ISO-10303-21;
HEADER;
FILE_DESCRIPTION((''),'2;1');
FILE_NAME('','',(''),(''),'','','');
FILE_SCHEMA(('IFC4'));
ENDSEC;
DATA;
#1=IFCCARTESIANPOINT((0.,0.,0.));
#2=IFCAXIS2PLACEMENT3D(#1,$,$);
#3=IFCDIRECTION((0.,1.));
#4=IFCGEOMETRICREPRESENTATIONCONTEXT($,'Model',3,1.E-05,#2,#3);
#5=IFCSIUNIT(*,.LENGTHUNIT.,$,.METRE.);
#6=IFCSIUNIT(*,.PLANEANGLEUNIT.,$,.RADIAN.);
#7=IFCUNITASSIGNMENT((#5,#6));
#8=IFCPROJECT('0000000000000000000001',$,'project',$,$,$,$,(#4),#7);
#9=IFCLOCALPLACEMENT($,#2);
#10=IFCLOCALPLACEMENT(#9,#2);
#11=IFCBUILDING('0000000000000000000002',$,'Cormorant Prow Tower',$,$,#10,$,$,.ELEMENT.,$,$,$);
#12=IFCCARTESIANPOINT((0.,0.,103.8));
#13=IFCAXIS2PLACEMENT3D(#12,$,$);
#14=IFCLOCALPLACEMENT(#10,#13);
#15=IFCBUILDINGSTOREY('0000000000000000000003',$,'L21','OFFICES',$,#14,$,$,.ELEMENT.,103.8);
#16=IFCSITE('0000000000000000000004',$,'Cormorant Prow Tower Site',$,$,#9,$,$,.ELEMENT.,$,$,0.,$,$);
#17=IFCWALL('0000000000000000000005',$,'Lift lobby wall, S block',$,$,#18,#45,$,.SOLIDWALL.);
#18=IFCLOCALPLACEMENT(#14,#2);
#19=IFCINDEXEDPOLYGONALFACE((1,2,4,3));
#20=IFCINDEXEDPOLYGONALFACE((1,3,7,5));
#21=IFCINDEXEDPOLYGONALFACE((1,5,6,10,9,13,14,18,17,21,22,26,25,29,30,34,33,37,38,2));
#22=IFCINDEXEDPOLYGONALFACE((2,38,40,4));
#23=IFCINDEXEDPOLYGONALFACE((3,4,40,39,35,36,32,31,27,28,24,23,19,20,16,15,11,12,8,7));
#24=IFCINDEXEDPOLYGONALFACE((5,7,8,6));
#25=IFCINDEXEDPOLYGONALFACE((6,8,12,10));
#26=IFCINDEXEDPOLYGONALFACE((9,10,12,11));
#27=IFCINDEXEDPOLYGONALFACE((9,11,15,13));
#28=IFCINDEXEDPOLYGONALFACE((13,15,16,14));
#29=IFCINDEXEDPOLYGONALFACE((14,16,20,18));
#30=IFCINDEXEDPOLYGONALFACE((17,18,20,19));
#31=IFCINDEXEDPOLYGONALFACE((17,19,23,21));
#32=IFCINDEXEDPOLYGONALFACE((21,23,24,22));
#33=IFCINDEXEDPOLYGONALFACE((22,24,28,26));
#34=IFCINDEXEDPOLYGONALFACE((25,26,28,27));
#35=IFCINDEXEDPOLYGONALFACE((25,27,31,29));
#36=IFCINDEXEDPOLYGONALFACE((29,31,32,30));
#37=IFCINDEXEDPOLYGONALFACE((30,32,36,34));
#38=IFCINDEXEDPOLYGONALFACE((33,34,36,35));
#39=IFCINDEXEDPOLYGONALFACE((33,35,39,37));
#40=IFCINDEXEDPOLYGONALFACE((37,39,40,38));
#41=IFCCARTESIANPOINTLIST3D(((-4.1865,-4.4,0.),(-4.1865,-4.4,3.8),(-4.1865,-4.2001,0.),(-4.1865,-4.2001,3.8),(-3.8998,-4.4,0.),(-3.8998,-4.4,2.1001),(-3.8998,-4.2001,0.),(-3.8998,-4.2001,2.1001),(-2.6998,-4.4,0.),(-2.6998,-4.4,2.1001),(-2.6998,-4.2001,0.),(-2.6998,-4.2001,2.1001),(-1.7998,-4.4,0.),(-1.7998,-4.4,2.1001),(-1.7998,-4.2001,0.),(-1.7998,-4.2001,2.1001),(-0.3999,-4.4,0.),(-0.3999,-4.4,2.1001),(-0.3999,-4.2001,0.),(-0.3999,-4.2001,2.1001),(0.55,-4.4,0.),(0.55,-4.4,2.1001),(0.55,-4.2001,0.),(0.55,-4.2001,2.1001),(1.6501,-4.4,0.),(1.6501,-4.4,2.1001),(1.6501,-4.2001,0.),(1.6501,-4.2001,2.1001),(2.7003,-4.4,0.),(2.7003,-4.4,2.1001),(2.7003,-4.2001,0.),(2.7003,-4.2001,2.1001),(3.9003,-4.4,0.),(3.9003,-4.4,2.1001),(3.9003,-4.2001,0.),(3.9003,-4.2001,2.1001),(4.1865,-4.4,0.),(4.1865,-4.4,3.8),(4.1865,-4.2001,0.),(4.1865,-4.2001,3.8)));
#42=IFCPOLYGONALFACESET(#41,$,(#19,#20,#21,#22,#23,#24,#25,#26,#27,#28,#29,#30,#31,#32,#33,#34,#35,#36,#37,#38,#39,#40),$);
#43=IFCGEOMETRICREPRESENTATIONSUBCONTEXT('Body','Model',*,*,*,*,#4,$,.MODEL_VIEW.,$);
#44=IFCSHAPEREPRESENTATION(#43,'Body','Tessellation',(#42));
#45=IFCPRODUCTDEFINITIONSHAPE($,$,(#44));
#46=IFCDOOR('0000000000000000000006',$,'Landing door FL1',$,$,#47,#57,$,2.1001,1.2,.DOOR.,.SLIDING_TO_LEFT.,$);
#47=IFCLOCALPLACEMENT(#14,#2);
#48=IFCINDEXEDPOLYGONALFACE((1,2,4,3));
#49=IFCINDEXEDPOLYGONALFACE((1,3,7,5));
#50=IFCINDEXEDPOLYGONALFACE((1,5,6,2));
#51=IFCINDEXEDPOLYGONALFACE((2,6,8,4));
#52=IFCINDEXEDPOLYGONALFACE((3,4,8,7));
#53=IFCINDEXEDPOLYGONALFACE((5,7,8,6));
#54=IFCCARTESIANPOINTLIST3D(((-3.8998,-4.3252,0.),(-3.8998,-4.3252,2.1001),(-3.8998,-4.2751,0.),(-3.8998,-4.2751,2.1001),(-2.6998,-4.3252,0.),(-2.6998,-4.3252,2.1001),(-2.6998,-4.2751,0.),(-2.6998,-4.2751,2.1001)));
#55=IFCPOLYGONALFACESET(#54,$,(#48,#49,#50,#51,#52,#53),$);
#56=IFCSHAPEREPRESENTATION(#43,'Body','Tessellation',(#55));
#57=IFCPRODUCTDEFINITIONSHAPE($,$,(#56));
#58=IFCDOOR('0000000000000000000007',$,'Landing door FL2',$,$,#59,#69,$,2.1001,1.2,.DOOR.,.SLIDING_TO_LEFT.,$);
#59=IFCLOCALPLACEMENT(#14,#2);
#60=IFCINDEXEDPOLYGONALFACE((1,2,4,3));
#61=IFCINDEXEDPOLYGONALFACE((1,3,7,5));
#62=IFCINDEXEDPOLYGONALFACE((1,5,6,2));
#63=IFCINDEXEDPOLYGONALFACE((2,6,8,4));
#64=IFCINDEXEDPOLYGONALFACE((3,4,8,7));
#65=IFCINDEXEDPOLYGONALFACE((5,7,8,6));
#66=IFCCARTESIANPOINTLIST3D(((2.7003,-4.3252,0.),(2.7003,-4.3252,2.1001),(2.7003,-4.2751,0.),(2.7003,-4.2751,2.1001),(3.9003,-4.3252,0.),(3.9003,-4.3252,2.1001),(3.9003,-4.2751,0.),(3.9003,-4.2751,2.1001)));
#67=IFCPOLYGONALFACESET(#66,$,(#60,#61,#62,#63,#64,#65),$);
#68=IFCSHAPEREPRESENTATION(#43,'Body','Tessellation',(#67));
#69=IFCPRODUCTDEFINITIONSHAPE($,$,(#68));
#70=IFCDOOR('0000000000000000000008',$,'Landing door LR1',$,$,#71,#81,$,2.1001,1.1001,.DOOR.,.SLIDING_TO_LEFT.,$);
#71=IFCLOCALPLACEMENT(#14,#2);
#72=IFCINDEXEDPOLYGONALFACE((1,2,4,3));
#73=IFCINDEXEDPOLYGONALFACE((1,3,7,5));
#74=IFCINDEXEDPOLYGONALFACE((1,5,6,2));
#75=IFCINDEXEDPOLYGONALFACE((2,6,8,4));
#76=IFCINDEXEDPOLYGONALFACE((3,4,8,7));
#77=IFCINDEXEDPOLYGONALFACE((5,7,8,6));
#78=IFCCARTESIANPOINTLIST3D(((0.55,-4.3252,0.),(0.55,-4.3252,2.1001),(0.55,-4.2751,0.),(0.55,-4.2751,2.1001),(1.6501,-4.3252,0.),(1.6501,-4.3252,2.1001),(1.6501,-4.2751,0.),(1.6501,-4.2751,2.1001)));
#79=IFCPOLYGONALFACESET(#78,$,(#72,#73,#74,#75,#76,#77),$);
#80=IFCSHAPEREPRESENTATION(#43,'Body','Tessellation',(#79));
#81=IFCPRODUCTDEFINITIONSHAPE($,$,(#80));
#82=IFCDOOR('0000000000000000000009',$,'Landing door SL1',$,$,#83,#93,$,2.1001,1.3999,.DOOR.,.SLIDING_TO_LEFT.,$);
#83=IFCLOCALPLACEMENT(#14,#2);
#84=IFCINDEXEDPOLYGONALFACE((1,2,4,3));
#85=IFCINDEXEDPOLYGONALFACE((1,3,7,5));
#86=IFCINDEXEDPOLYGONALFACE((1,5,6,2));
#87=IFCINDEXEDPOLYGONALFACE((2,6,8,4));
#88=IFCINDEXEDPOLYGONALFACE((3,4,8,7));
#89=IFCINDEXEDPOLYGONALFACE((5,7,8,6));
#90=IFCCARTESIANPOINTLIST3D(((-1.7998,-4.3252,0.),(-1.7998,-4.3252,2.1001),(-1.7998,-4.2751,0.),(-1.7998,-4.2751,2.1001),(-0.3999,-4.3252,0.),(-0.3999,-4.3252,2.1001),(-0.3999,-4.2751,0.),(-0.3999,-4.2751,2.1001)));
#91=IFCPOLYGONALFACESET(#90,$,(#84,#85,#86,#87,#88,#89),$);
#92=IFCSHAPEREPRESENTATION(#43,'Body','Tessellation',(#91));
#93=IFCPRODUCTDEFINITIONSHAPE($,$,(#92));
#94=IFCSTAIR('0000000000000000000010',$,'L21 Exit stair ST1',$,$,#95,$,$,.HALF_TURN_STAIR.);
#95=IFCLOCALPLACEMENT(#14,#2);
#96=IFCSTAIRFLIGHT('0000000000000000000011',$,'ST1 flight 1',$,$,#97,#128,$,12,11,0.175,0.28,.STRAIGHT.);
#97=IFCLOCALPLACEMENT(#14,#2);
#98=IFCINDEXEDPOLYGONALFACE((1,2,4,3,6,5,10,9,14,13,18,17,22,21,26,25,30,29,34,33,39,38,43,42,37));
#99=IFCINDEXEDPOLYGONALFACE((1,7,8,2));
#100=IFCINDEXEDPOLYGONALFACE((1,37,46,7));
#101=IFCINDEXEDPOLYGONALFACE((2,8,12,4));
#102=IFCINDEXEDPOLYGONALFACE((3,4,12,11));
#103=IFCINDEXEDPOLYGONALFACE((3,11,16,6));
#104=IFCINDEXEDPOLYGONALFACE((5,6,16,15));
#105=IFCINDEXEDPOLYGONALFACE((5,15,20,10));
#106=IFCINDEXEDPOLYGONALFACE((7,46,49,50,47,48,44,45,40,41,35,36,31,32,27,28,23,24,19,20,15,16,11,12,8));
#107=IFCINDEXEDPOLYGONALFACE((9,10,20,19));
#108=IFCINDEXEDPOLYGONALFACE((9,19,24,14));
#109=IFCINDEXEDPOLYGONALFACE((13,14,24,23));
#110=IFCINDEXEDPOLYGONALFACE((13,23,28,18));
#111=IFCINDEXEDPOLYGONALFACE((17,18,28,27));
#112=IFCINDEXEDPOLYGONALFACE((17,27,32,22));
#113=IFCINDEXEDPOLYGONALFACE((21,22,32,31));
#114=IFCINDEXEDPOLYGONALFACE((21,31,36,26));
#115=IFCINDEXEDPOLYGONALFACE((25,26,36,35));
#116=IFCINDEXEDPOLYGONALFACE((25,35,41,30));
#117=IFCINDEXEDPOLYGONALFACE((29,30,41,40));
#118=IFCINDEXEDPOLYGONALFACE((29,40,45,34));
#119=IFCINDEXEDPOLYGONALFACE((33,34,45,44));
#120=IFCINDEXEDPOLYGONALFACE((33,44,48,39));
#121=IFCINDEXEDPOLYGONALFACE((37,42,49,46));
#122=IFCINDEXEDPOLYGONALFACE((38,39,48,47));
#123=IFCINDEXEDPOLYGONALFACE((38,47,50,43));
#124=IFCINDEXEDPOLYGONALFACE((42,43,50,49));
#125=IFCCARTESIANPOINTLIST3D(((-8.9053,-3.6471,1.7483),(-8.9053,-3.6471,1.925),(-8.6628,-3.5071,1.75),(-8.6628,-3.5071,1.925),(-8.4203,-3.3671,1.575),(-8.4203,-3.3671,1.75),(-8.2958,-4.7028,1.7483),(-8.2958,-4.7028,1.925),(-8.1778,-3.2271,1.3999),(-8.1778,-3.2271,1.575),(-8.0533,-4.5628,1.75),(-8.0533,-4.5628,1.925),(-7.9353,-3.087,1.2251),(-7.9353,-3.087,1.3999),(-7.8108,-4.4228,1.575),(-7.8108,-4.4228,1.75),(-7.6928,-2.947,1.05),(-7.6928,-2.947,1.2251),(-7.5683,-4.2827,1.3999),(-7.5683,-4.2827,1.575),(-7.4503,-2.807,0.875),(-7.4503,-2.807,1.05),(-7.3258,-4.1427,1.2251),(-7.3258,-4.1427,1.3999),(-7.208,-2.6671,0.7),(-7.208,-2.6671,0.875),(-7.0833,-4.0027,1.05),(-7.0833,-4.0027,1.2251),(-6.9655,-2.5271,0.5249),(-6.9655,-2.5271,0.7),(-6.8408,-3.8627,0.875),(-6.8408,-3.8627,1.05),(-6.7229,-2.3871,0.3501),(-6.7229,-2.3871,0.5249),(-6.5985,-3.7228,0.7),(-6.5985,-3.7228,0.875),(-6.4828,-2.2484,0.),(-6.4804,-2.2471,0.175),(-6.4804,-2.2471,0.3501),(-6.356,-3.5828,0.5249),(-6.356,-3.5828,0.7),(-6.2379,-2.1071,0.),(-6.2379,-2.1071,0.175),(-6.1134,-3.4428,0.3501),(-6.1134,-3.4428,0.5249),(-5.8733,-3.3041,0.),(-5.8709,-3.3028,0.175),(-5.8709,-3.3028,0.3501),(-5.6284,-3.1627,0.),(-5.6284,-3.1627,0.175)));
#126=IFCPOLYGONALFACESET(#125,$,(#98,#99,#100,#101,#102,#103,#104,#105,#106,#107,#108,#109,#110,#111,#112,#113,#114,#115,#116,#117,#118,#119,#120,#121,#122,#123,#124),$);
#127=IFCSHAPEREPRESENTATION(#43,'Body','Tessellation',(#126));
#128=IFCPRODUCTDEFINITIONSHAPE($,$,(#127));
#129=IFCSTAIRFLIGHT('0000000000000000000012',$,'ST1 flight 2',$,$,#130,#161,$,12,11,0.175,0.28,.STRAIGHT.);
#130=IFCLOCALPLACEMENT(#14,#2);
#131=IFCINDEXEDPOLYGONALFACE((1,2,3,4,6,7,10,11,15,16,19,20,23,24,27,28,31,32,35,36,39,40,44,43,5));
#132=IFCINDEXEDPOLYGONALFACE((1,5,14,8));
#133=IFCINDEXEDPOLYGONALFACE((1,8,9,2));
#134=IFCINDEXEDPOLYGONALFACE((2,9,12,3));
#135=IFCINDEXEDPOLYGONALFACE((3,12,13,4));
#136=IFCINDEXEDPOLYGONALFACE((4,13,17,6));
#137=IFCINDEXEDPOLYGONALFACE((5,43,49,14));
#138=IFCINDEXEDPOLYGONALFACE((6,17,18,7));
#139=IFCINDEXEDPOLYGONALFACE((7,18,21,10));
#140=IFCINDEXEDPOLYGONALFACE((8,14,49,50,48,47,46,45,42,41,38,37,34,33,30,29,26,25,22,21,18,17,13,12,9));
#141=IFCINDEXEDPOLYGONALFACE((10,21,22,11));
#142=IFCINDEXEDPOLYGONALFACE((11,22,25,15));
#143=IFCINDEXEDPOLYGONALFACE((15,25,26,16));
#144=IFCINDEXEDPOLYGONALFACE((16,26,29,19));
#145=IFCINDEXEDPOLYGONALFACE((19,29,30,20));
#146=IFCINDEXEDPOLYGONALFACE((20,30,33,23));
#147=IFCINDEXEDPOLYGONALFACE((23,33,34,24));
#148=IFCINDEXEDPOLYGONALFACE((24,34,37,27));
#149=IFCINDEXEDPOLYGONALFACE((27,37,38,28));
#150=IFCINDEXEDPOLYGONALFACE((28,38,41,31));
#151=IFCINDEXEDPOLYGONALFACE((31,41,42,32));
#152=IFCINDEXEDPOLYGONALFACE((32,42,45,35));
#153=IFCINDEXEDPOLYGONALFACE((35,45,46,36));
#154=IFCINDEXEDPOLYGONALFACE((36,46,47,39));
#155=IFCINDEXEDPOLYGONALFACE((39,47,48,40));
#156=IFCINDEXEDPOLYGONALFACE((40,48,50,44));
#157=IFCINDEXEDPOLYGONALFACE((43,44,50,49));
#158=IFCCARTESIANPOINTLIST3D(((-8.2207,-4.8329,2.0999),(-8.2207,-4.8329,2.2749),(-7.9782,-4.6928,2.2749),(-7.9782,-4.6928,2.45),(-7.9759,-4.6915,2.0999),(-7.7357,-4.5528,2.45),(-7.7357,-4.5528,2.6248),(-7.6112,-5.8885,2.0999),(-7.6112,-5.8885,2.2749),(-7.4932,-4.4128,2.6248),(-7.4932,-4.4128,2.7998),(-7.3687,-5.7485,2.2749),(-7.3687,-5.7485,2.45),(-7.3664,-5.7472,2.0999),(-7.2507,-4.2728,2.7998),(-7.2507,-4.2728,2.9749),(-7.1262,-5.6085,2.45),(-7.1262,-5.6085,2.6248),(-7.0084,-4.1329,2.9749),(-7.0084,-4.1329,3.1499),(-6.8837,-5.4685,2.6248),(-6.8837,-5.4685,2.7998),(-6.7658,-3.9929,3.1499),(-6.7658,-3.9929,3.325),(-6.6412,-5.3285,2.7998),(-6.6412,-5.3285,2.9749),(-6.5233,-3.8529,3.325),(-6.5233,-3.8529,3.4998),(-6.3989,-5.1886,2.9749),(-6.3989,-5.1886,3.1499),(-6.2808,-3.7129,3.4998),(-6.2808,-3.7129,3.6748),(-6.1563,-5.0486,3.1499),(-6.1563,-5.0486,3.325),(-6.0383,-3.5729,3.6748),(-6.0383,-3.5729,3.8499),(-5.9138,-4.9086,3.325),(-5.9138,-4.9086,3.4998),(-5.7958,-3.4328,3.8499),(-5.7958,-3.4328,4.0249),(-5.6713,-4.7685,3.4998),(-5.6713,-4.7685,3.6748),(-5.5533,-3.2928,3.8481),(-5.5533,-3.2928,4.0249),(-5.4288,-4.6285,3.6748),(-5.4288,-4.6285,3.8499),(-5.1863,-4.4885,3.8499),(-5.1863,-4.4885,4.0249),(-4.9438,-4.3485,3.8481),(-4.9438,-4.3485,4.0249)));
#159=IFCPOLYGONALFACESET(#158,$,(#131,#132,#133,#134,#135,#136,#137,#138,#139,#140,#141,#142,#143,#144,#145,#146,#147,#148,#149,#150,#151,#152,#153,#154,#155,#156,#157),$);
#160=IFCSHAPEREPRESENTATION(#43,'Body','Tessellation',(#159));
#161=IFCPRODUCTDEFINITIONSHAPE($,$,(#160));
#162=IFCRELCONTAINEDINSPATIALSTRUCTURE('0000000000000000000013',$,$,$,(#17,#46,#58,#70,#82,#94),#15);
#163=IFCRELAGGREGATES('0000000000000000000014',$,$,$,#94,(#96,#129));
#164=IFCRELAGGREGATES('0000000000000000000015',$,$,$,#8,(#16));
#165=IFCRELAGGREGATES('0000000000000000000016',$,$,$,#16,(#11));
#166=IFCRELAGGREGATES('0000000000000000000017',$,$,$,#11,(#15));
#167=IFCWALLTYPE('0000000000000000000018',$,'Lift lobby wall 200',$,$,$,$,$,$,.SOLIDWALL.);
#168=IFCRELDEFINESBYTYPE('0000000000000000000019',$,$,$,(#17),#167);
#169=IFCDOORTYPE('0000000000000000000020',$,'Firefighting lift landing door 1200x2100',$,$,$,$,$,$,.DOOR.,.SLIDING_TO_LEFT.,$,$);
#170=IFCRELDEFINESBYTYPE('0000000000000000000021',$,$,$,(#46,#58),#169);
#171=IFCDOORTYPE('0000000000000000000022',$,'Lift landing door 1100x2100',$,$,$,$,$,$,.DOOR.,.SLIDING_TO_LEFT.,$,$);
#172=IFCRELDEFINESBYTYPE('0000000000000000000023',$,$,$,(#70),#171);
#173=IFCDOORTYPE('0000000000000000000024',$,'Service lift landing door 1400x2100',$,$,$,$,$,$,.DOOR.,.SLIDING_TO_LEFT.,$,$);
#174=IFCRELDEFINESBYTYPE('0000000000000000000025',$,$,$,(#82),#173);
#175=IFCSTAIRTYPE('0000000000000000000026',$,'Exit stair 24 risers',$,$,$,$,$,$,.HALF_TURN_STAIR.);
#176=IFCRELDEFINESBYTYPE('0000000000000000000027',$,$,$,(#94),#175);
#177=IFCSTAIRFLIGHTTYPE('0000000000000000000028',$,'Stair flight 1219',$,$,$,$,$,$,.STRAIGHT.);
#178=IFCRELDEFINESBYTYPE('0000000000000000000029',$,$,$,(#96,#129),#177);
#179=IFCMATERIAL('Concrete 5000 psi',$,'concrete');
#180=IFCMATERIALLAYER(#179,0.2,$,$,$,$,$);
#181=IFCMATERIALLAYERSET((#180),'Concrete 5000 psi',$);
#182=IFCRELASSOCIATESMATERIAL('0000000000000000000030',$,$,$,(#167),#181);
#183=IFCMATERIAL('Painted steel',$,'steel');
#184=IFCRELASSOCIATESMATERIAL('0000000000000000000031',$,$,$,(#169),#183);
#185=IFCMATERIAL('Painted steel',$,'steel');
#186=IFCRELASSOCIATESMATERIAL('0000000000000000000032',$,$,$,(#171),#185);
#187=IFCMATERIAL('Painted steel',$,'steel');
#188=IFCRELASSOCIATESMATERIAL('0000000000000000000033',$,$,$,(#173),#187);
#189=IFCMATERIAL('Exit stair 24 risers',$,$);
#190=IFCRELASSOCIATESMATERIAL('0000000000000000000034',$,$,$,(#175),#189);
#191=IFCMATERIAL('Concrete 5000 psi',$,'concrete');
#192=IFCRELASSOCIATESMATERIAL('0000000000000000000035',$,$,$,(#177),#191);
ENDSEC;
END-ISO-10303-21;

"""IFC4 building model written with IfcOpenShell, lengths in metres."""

from ifc_helpers import new_model, si_unit, direction, frame, frame_2d, origin, place, context, subcontext, project, spatial, polyline, rectangle, outline, extrude, material, layer, layer_set, type_object, element, fill, aggregate, save


model = new_model("IFC4")

# Units and contexts
model_context = context("Model", 3, precision=1e-05, world=origin(), true_north=direction((0.0, 1.0)))
body_context = subcontext(model_context, "Body", "Model", "MODEL_VIEW")
ifc_project = project(units=[si_unit("LENGTHUNIT", "METRE"), si_unit("PLANEANGLEUNIT", "RADIAN")], contexts=[model_context])

# Site, building, storey
site_placement = place(None, origin())
site = spatial("IfcSite", under=ifc_project, at=site_placement, Name="Cormorant Prow Tower Site", CompositionType="ELEMENT", RefElevation=0.0)
building_placement = place(site_placement, origin())
building = spatial("IfcBuilding", under=site, at=building_placement, Name="Cormorant Prow Tower", CompositionType="ELEMENT")
storey_placement = place(building_placement, frame((0.0, 0.0, 103.8)))
storey = spatial("IfcBuildingStorey", under=building, at=storey_placement, Name="L21", Description="OFFICES", CompositionType="ELEMENT", Elevation=103.8)

# Wall, openings, doors
ifc_material_1 = material(Name="Concrete 5000 psi", Category="concrete")
ifc_layer_1 = layer(ifc_material_1, 0.2)
ifc_layer_set_1 = layer_set([ifc_layer_1], Name="Concrete 5000 psi")
wall_type_1 = type_object("IfcWallType", Name="Lift lobby wall 200", PredefinedType="SOLIDWALL", material=ifc_layer_set_1)
wall_1_placement = place(storey_placement, frame((-4.1865, -4.3, 0.0), z_axis=(0.0, 0.0, 1.0), x_axis=(1.0, 0.0, 0.0)))
wall_1 = element("IfcWall", 1, at=wall_1_placement, inside=storey, type_object=wall_type_1, Name="Lift lobby wall, S block", PredefinedType="SOLIDWALL", context=body_context, shape_type="SweptSolid", body=[
    extrude(rectangle(XDim=8.373, YDim=0.2, at=frame_2d((4.1865, 0.0))), origin(), (0.0, 0.0, 1.0), 3.8),
])
opening_1_placement = place(wall_1_placement, frame((0.2866, 0.0, 0.0)))
opening_1 = element("IfcOpeningElement", 2, at=opening_1_placement, cuts=wall_1, PredefinedType="OPENING", context=body_context, shape_type="SweptSolid", body=[
    extrude(rectangle(XDim=1.2, YDim=2.1001, at=frame_2d((0.6001, 1.05))), frame((0.0, 0.1099, 0.0), z_axis=(0.0, -1.0, 0.0), x_axis=(1.0, 0.0, 0.0)), (0.0, 0.0, 1.0), 0.22),
])
opening_2_placement = place(wall_1_placement, frame((2.3867, 0.0, 0.0)))
opening_2 = element("IfcOpeningElement", 3, at=opening_2_placement, cuts=wall_1, PredefinedType="OPENING", context=body_context, shape_type="SweptSolid", body=[
    extrude(rectangle(XDim=1.3999, YDim=2.1001, at=frame_2d((0.7, 1.05))), frame((0.0, 0.1099, 0.0), z_axis=(0.0, -1.0, 0.0), x_axis=(1.0, 0.0, 0.0)), (0.0, 0.0, 1.0), 0.22),
])
opening_3_placement = place(wall_1_placement, frame((4.7366, 0.0, 0.0)))
opening_3 = element("IfcOpeningElement", 4, at=opening_3_placement, cuts=wall_1, PredefinedType="OPENING", context=body_context, shape_type="SweptSolid", body=[
    extrude(rectangle(XDim=1.1001, YDim=2.1001, at=frame_2d((0.55, 1.05))), frame((0.0, 0.1099, 0.0), z_axis=(0.0, -1.0, 0.0), x_axis=(1.0, 0.0, 0.0)), (0.0, 0.0, 1.0), 0.22),
])
opening_4_placement = place(wall_1_placement, frame((6.8867, 0.0, 0.0)))
opening_4 = element("IfcOpeningElement", 5, at=opening_4_placement, cuts=wall_1, PredefinedType="OPENING", context=body_context, shape_type="SweptSolid", body=[
    extrude(rectangle(XDim=1.2, YDim=2.1001, at=frame_2d((0.6001, 1.05))), frame((0.0, 0.1099, 0.0), z_axis=(0.0, -1.0, 0.0), x_axis=(1.0, 0.0, 0.0)), (0.0, 0.0, 1.0), 0.22),
])
ifc_material_2 = material(Name="Painted steel", Category="steel")
door_type_1 = type_object("IfcDoorType", Name="Firefighting lift landing door 1200x2100", OperationType="SLIDING_TO_LEFT", PredefinedType="DOOR", material=ifc_material_2)
door_1_placement = place(opening_1_placement, origin())
door_1 = element("IfcDoor", 6, at=door_1_placement, inside=storey, type_object=door_type_1, Name="Landing door FL1", OperationType="SLIDING_TO_LEFT", OverallHeight=2.1001, OverallWidth=1.2, PredefinedType="DOOR", context=body_context, shape_type="SweptSolid", body=[
    extrude(rectangle(XDim=1.2, YDim=2.1001, at=frame_2d((0.6001, 1.05))), frame((0.0, 0.0249, 0.0), z_axis=(0.0, -1.0, 0.0), x_axis=(1.0, 0.0, 0.0)), (0.0, 0.0, 1.0), 0.05),
])
fill(opening_1, door_1)
door_2_placement = place(opening_4_placement, origin())
door_2 = element("IfcDoor", 7, at=door_2_placement, inside=storey, type_object=door_type_1, Name="Landing door FL2", OperationType="SLIDING_TO_LEFT", OverallHeight=2.1001, OverallWidth=1.2, PredefinedType="DOOR", context=body_context, shape_type="SweptSolid", body=[
    extrude(rectangle(XDim=1.2, YDim=2.1001, at=frame_2d((0.6001, 1.05))), frame((0.0, 0.0249, 0.0), z_axis=(0.0, -1.0, 0.0), x_axis=(1.0, 0.0, 0.0)), (0.0, 0.0, 1.0), 0.05),
])
fill(opening_4, door_2)
ifc_material_3 = material(Name="Painted steel", Category="steel")
door_type_2 = type_object("IfcDoorType", Name="Lift landing door 1100x2100", OperationType="SLIDING_TO_LEFT", PredefinedType="DOOR", material=ifc_material_3)
door_3_placement = place(opening_3_placement, origin())
door_3 = element("IfcDoor", 8, at=door_3_placement, inside=storey, type_object=door_type_2, Name="Landing door LR1", OperationType="SLIDING_TO_LEFT", OverallHeight=2.1001, OverallWidth=1.1001, PredefinedType="DOOR", context=body_context, shape_type="SweptSolid", body=[
    extrude(rectangle(XDim=1.1001, YDim=2.1001, at=frame_2d((0.55, 1.05))), frame((0.0, 0.0249, 0.0), z_axis=(0.0, -1.0, 0.0), x_axis=(1.0, 0.0, 0.0)), (0.0, 0.0, 1.0), 0.05),
])
fill(opening_3, door_3)
ifc_material_4 = material(Name="Painted steel", Category="steel")
door_type_3 = type_object("IfcDoorType", Name="Service lift landing door 1400x2100", OperationType="SLIDING_TO_LEFT", PredefinedType="DOOR", material=ifc_material_4)
door_4_placement = place(opening_2_placement, origin())
door_4 = element("IfcDoor", 9, at=door_4_placement, inside=storey, type_object=door_type_3, Name="Landing door SL1", OperationType="SLIDING_TO_LEFT", OverallHeight=2.1001, OverallWidth=1.3999, PredefinedType="DOOR", context=body_context, shape_type="SweptSolid", body=[
    extrude(rectangle(XDim=1.3999, YDim=2.1001, at=frame_2d((0.7, 1.05))), frame((0.0, 0.0249, 0.0), z_axis=(0.0, -1.0, 0.0), x_axis=(1.0, 0.0, 0.0)), (0.0, 0.0, 1.0), 0.05),
])
fill(opening_2, door_4)

# Stair, stair flights
ifc_material_5 = material(Name="Exit stair 24 risers")
stair_type = type_object("IfcStairType", Name="Exit stair 24 risers", PredefinedType="HALF_TURN_STAIR", material=ifc_material_5)
stair_placement = place(storey_placement, origin())
stair = element("IfcStair", 10, at=stair_placement, inside=storey, type_object=stair_type, Name="L21 Exit stair ST1", PredefinedType="HALF_TURN_STAIR")
ifc_material_6 = material(Name="Concrete 5000 psi", Category="concrete")
stair_flight_type = type_object("IfcStairFlightType", Name="Stair flight 1219", PredefinedType="STRAIGHT", material=ifc_material_6)
stair_flight_1_placement = place(storey_placement, frame((-5.9331, -2.635, 0.0), z_axis=(0.0, 0.0, 1.0), x_axis=(-0.866025, -0.5, 0.0)))
stair_flight_1 = element("IfcStairFlight", 11, at=stair_flight_1_placement, type_object=stair_flight_type, Name="ST1 flight 1", NumberOfRisers=12, NumberOfTreads=11, PredefinedType="STRAIGHT", RiserHeight=0.175, TreadLength=0.28, context=body_context, shape_type="SweptSolid", body=[
    extrude(outline(polyline([(0.0, 0.0), (0.0, 0.175), (0.28, 0.175), (0.28, 0.3501), (0.5601, 0.3501), (0.5601, 0.5249), (0.8401, 0.5249), (0.8401, 0.7), (1.1201, 0.7), (1.1201, 0.875), (1.3999, 0.875), (1.3999, 1.05), (1.6799, 1.05), (1.6799, 1.2251), (1.96, 1.2251), (1.96, 1.3999), (2.24, 1.3999), (2.24, 1.575), (2.52, 1.575), (2.52, 1.75), (2.8, 1.75), (2.8, 1.925), (3.0801, 1.925), (3.0801, 2.1001), (3.0801, 1.7483), (0.2827, 0.0), (0.0, 0.0)])), frame((0.0, 0.6094, 0.0), z_axis=(0.0, -1.0, 0.0), x_axis=(1.0, 0.0, 0.0)), (0.0, 0.0, 1.0), 1.219),
])
stair_flight_2_placement = place(storey_placement, frame((-7.916, -5.3606, 2.0999), z_axis=(0.0, 0.0, 1.0), x_axis=(0.866025, 0.5, 0.0)))
stair_flight_2 = element("IfcStairFlight", 12, at=stair_flight_2_placement, type_object=stair_flight_type, Name="ST1 flight 2", NumberOfRisers=12, NumberOfTreads=11, PredefinedType="STRAIGHT", RiserHeight=0.175, TreadLength=0.28, context=body_context, shape_type="SweptSolid", body=[
    extrude(outline(polyline([(0.0, 0.0), (0.0, 0.175), (0.28, 0.175), (0.28, 0.3501), (0.5601, 0.3501), (0.5601, 0.5249), (0.8401, 0.5249), (0.8401, 0.7), (1.1201, 0.7), (1.1201, 0.875), (1.3999, 0.875), (1.3999, 1.05), (1.6799, 1.05), (1.6799, 1.2251), (1.96, 1.2251), (1.96, 1.3999), (2.24, 1.3999), (2.24, 1.575), (2.52, 1.575), (2.52, 1.75), (2.8, 1.75), (2.8, 1.925), (3.0801, 1.925), (3.0801, 2.1001), (3.0801, 1.7483), (0.2827, 0.0), (0.0, 0.0)])), frame((0.0, 0.6094, 0.0), z_axis=(0.0, -1.0, 0.0), x_axis=(1.0, 0.0, 0.0)), (0.0, 0.0, 1.0), 1.219),
])
aggregate(stair, [stair_flight_1, stair_flight_2])

save(model, "model.ifc")
